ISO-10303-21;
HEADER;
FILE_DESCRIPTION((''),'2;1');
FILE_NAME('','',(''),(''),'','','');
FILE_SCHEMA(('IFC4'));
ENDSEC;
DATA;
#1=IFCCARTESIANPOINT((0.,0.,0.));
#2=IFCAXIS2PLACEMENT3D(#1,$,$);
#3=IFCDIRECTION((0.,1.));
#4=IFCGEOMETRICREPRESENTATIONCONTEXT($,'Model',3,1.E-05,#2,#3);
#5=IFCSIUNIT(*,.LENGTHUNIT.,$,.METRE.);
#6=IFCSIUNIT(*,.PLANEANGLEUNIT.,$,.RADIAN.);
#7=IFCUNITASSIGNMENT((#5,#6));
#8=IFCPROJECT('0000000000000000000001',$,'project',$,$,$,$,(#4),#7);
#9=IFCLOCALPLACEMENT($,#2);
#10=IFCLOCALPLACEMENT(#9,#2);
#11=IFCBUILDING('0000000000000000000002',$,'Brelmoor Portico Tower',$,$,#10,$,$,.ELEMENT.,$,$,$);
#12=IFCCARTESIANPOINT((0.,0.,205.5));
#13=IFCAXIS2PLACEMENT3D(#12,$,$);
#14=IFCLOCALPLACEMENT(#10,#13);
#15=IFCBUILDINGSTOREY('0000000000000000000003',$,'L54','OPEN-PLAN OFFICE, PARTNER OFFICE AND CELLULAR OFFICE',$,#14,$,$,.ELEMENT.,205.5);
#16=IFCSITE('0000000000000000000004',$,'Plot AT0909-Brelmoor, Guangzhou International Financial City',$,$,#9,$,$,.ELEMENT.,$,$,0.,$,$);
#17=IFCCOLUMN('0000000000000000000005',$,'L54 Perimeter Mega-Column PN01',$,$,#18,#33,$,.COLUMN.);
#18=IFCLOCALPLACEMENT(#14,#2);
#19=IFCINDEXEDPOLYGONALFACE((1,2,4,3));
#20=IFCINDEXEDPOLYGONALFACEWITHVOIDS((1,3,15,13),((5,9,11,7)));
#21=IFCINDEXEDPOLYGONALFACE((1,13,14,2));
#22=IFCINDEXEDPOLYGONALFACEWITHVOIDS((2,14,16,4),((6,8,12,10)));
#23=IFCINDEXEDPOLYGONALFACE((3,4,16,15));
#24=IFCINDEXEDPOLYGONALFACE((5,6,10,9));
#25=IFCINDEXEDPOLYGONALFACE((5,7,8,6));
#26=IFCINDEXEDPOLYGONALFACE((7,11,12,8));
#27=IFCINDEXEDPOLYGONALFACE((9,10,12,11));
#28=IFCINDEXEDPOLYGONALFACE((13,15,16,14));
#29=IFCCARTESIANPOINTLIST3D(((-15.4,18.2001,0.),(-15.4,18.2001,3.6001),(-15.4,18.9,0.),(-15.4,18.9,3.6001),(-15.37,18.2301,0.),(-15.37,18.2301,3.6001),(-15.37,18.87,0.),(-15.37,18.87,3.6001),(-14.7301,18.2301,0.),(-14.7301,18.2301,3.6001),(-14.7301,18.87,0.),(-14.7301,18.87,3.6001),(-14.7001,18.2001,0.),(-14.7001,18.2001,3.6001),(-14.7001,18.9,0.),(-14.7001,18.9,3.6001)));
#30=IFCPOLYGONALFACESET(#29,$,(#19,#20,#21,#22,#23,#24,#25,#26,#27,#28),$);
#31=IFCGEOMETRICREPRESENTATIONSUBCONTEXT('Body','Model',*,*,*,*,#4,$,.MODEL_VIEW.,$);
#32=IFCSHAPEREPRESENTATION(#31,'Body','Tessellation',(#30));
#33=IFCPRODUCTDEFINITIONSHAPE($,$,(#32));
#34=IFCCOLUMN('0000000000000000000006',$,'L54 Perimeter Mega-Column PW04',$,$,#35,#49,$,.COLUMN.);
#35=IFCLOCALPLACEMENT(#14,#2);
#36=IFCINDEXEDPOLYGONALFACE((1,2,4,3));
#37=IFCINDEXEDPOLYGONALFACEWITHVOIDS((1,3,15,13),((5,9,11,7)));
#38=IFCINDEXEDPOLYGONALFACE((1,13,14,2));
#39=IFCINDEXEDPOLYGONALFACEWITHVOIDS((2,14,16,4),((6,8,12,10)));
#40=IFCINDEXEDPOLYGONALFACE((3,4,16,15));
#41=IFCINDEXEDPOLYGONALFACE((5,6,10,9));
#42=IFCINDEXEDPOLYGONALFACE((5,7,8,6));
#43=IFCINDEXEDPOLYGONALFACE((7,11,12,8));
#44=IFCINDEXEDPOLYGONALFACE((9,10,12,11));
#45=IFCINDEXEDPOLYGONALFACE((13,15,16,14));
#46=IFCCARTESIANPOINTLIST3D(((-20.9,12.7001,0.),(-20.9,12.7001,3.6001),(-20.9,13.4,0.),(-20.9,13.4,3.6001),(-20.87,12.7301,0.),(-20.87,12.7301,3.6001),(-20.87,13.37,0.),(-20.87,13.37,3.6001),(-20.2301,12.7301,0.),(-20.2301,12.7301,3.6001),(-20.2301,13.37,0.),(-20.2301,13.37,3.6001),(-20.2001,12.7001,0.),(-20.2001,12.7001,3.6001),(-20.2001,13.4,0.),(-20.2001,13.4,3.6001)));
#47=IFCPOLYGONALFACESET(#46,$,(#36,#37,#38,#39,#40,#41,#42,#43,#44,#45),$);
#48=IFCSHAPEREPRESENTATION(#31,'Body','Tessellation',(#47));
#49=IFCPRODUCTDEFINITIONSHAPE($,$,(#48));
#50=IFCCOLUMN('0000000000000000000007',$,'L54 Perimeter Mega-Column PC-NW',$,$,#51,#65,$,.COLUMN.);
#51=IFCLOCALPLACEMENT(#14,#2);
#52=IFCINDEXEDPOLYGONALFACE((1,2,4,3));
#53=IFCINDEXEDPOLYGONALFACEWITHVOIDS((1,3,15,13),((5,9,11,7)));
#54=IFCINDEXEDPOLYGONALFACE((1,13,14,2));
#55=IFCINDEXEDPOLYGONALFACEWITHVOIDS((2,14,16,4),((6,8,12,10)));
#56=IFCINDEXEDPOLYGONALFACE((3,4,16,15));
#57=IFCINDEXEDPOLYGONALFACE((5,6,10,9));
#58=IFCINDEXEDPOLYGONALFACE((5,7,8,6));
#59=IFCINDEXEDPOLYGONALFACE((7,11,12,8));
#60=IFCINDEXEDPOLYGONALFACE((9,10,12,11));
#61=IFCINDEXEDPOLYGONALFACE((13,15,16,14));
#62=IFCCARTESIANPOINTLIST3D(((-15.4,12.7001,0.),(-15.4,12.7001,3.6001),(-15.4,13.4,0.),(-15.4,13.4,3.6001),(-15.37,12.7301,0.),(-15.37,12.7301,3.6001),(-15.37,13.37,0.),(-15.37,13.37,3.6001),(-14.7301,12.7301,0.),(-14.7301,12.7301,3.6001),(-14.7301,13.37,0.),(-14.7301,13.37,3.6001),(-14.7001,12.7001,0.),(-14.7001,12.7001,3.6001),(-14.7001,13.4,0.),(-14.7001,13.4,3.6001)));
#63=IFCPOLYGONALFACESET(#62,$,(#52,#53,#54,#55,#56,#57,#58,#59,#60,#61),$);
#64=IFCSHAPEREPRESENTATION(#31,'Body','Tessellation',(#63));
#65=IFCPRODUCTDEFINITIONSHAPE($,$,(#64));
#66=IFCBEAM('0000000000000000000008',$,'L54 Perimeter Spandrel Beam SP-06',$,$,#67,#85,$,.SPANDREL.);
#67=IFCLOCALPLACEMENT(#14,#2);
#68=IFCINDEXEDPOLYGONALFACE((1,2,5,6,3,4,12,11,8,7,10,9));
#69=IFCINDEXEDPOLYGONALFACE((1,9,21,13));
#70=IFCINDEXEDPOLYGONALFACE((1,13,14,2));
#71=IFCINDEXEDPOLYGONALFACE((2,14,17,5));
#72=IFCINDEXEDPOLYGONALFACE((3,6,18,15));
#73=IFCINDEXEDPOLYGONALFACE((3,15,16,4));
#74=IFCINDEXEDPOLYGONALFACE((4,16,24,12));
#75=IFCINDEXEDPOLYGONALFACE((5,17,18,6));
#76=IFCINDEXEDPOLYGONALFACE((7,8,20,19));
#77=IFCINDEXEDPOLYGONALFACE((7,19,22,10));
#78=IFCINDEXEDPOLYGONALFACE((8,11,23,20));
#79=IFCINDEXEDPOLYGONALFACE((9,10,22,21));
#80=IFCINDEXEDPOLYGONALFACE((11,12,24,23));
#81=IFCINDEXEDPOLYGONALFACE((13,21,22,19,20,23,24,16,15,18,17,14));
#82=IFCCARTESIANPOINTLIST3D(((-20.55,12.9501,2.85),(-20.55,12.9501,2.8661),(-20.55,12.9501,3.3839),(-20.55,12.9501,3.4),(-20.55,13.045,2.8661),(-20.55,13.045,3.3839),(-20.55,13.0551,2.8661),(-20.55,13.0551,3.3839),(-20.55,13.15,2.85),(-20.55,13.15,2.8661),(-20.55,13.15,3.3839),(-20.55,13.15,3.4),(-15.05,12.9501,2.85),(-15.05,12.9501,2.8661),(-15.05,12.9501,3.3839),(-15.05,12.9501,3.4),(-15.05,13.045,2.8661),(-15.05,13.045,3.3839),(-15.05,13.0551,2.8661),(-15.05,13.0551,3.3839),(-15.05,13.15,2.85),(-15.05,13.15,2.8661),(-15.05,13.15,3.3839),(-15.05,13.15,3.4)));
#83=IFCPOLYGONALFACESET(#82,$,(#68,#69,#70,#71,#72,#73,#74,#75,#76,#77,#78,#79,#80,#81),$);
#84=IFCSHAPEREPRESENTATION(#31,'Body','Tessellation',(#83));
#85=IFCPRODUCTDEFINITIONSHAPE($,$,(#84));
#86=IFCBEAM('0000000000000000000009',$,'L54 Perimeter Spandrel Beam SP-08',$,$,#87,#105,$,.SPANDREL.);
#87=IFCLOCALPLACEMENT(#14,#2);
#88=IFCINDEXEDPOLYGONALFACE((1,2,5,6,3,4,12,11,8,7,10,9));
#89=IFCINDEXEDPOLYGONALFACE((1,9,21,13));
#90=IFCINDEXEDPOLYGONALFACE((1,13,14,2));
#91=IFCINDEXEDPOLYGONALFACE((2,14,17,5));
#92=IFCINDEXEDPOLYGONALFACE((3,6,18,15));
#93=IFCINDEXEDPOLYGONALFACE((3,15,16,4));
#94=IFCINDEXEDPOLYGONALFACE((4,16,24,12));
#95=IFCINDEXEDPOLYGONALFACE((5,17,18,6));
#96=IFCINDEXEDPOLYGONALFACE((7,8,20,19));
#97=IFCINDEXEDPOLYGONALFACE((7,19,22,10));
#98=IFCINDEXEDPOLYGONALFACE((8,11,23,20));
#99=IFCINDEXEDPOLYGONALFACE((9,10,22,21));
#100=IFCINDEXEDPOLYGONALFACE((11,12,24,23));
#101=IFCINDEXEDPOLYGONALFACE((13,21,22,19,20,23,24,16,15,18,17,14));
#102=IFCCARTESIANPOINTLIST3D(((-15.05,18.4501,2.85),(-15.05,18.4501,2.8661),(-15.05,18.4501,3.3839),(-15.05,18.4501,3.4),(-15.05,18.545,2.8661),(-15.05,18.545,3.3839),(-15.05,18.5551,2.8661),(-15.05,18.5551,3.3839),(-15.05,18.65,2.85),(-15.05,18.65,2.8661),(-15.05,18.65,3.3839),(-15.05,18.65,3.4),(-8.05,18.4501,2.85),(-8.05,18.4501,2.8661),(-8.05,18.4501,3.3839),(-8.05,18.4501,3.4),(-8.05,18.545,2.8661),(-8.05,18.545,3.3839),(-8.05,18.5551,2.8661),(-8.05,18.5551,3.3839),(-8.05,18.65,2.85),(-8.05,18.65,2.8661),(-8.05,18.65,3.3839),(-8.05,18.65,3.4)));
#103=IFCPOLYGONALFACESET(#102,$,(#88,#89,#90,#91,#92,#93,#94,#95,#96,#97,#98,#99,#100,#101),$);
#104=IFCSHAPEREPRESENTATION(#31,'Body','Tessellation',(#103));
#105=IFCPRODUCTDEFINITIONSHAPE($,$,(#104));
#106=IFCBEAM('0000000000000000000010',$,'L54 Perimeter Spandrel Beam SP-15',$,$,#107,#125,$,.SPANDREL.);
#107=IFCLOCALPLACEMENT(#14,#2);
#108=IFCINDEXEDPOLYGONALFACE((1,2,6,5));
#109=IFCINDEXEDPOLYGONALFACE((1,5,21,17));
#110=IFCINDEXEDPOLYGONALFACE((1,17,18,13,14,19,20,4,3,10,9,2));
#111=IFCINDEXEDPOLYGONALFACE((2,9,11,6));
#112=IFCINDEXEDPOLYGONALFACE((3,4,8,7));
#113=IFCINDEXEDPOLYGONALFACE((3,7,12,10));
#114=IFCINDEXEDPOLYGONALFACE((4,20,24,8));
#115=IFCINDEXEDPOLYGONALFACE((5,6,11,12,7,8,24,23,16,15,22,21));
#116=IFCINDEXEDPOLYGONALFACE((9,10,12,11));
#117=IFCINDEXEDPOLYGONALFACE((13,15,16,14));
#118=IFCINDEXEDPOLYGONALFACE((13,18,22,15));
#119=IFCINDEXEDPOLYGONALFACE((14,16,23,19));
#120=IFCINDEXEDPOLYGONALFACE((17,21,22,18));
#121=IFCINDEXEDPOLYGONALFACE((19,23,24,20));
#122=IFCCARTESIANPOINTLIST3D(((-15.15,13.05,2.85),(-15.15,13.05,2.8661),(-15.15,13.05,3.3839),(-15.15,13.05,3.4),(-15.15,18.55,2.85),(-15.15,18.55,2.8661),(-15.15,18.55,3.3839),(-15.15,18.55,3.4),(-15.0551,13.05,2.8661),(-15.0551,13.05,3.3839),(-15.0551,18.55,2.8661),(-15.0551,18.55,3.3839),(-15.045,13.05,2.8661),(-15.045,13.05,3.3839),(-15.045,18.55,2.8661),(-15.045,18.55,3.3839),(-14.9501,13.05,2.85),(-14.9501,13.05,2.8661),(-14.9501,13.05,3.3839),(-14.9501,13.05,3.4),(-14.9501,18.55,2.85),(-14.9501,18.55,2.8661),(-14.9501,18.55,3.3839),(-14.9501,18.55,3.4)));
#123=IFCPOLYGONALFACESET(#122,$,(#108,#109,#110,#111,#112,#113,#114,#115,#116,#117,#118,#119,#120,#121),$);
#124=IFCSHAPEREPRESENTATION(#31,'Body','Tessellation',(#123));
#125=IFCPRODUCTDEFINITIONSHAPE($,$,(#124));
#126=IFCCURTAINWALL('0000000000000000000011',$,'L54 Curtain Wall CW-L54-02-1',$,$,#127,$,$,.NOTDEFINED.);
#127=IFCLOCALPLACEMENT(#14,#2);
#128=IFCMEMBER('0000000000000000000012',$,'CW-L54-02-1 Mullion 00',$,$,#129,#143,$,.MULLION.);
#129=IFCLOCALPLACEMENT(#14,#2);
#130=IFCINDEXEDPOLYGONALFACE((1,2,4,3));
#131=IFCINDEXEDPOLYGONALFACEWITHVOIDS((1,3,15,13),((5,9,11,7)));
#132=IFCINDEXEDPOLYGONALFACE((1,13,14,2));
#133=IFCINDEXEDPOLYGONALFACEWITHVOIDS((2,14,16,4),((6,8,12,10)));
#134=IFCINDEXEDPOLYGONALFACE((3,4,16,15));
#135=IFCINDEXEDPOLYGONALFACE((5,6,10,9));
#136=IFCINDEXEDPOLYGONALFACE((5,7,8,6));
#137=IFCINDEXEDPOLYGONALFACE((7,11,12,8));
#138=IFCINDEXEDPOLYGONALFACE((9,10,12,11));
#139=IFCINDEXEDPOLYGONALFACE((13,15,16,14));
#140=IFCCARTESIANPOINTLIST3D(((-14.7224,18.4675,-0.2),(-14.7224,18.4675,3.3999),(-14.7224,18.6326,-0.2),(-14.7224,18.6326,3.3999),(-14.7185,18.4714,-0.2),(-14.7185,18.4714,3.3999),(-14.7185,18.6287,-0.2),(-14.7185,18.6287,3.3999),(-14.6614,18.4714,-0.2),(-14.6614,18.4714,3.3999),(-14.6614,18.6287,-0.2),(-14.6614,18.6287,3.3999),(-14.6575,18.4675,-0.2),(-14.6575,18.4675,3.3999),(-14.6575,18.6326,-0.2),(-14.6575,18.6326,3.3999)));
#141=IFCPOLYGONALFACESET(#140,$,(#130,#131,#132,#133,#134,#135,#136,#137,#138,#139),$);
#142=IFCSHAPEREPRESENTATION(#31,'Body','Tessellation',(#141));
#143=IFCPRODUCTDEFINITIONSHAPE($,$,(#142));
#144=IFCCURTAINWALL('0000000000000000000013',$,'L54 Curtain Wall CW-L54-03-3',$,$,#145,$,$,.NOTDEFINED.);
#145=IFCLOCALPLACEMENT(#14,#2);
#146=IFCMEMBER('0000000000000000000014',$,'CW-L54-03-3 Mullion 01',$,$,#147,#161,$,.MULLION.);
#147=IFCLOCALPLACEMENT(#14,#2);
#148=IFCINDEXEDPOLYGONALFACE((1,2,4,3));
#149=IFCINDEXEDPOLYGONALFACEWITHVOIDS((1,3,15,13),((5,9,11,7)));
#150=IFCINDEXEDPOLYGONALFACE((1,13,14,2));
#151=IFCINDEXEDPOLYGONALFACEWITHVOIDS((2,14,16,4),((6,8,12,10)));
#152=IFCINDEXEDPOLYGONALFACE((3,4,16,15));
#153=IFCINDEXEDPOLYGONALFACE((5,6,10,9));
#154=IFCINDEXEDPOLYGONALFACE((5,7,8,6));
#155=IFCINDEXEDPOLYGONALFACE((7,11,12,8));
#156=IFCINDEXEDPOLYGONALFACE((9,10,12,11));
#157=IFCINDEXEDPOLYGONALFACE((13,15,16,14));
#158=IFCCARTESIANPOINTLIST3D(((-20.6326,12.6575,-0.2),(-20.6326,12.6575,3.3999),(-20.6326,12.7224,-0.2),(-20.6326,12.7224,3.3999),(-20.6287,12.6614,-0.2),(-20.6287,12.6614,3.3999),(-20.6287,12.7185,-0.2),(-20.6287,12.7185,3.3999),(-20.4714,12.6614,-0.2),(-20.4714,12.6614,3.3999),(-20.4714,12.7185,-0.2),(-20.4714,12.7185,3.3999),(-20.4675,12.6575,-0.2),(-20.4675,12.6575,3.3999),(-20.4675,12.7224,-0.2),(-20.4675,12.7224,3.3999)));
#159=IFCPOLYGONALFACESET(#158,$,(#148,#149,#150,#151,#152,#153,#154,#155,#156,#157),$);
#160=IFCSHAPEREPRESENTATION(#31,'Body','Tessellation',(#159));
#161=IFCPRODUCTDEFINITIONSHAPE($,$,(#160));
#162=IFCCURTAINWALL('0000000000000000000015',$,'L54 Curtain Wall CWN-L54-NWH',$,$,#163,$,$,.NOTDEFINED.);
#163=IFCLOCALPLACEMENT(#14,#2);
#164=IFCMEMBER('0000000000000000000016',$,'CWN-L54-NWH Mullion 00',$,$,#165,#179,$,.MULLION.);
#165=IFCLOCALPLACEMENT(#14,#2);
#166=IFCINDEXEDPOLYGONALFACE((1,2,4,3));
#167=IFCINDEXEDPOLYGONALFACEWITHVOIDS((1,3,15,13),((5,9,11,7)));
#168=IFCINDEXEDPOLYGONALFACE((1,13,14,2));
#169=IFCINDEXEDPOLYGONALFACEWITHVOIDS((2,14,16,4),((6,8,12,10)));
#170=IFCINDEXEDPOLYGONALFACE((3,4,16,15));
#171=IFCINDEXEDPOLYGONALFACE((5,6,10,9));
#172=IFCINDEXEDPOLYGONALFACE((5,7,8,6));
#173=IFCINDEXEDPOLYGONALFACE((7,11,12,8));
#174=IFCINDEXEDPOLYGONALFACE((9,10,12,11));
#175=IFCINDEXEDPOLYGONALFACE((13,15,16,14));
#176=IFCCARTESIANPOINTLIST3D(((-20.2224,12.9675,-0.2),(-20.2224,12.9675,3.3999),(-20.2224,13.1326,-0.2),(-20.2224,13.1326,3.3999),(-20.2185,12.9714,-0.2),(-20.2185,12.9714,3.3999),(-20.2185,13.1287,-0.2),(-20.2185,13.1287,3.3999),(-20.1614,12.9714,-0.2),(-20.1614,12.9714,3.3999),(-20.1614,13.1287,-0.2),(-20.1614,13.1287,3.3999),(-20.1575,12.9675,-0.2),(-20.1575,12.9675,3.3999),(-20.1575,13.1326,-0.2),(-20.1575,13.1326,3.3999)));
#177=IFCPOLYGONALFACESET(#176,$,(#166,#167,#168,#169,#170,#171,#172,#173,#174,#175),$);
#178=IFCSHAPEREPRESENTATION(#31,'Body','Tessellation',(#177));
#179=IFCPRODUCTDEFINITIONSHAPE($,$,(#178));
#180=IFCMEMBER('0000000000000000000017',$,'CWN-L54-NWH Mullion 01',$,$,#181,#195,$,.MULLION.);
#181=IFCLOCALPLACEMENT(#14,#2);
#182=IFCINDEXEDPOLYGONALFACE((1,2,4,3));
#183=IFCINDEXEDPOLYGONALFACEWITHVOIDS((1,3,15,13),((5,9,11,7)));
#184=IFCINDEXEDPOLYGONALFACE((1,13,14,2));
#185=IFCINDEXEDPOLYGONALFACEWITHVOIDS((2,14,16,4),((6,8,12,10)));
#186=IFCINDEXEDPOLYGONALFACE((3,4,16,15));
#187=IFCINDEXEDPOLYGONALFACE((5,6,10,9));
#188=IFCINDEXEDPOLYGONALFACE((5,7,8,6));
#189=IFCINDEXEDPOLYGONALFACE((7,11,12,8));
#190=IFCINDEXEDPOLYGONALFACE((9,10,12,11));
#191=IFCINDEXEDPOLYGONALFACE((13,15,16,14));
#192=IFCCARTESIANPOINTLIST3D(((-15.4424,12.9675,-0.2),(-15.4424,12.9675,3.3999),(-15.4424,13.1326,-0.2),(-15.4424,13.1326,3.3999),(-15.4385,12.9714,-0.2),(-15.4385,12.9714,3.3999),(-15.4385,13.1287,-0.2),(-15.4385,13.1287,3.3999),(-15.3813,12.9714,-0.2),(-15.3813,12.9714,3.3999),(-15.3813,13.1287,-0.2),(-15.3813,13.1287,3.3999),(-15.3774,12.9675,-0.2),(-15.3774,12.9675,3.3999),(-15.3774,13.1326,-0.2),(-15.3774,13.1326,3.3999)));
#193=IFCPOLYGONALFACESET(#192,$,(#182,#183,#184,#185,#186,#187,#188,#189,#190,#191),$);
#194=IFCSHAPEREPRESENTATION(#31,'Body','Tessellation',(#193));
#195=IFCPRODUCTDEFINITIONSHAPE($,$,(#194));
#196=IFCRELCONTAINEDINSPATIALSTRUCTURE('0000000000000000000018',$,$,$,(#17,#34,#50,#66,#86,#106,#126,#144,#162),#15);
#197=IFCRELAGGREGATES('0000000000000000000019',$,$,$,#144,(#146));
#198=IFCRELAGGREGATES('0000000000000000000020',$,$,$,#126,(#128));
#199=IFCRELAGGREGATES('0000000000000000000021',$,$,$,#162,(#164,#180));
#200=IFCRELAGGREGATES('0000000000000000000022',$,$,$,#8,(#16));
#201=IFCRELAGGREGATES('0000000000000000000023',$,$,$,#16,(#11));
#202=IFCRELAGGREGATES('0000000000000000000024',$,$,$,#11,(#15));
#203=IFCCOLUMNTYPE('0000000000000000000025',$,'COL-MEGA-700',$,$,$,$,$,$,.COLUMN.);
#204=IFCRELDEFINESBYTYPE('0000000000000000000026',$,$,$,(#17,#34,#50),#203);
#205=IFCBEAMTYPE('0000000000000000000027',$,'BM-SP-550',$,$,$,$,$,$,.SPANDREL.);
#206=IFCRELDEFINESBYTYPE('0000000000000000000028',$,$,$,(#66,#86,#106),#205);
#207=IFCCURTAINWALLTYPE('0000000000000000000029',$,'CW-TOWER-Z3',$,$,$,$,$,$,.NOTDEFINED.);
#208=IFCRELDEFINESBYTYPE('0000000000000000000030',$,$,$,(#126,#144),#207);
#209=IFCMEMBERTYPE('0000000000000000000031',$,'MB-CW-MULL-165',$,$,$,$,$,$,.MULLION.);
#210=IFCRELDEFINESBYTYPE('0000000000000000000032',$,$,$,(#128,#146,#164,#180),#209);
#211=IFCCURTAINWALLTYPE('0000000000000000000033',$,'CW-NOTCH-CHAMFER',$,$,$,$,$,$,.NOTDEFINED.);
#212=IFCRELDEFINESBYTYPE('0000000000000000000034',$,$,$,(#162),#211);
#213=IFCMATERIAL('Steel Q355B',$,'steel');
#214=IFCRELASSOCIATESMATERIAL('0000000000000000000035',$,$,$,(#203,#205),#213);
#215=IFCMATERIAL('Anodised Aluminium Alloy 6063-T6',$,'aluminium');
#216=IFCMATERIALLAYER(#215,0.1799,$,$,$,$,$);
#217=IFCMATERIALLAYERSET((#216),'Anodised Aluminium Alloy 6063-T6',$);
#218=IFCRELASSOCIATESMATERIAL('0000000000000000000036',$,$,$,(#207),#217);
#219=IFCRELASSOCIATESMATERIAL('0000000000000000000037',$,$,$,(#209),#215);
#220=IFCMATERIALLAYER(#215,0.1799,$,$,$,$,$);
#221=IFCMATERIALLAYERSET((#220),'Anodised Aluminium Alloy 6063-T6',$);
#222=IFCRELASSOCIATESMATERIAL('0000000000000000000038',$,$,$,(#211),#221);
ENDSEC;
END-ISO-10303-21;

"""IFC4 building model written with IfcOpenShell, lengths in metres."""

from ifc_helpers import new_model, si_unit, direction, frame, origin, origin_2d, place, context, subcontext, project, spatial, hollow_rectangle, i_section, extrude, material, layer, layer_set, material_profile, profile_set, type_object, element, aggregate, save


model = new_model("IFC4")

# Units and contexts
model_context = context("Model", 3, precision=1e-05, world=origin(), true_north=direction((0.0, 1.0)))
body_context = subcontext(model_context, "Body", "Model", "MODEL_VIEW")
ifc_project = project(units=[si_unit("LENGTHUNIT", "METRE"), si_unit("PLANEANGLEUNIT", "RADIAN")], contexts=[model_context])

# Site, building, storey
site_placement = place(None, origin())
site = spatial("IfcSite", under=ifc_project, at=site_placement, Name="Plot AT0909-Brelmoor, Guangzhou International Financial City", CompositionType="ELEMENT", RefElevation=0.0)
building_placement = place(site_placement, origin())
building = spatial("IfcBuilding", under=site, at=building_placement, Name="Brelmoor Portico Tower", CompositionType="ELEMENT")
storey_placement = place(building_placement, frame((0.0, 0.0, 205.5)))
storey = spatial("IfcBuildingStorey", under=building, at=storey_placement, Name="L54", Description="OPEN-PLAN OFFICE, PARTNER OFFICE AND CELLULAR OFFICE", CompositionType="ELEMENT", Elevation=205.5)

# Columns
ifc_material_1 = material(Name="Steel Q355B", Category="steel")
ifc_material_profile_1 = material_profile(ifc_material_1, hollow_rectangle(XDim=0.7, YDim=0.7, WallThickness=0.03, at=origin_2d()), Name="BOX 700x700x30")
ifc_profile_set_1 = profile_set([ifc_material_profile_1], Name="Steel Q355B")
column_type = type_object("IfcColumnType", Name="COL-MEGA-700", PredefinedType="COLUMN", material=ifc_profile_set_1)
for number, where, z_axis, x_axis, name in (
    (1, (-15.05, 18.55, 0.0), (0.0, 0.0, 1.0), (1.0, 0.0, 0.0), "L54 Perimeter Mega-Column PN01"),
    (2, (-20.55, 13.05, 0.0), (0.0, 0.0, 1.0), (0.0, 1.0, 0.0), "L54 Perimeter Mega-Column PW04"),
    (3, (-15.05, 13.05, 0.0), (0.0, 0.0, 1.0), (1.0, 0.0, 0.0), "L54 Perimeter Mega-Column PC-NW"),
):
    element("IfcColumn", number, at=place(storey_placement, frame(where, z_axis=z_axis, x_axis=x_axis)), inside=storey, type_object=column_type, Name=name, PredefinedType="COLUMN", context=body_context, shape_type="SweptSolid", body=[
        extrude(hollow_rectangle(XDim=0.7, YDim=0.7, WallThickness=0.03, at=origin_2d()), origin(), (0.0, 0.0, 1.0), 3.6001),
    ])

# Beams
ifc_material_profile_2 = material_profile(ifc_material_1, i_section(OverallWidth=0.2, OverallDepth=0.55, WebThickness=0.01, FlangeThickness=0.0161, at=origin_2d()), Name="HN 550x200x10x16")
ifc_profile_set_2 = profile_set([ifc_material_profile_2], Name="Steel Q355B")
beam_type = type_object("IfcBeamType", Name="BM-SP-550", PredefinedType="SPANDREL", material=ifc_profile_set_2)
beam_1_placement = place(storey_placement, frame((-20.55, 13.05, 3.125), z_axis=(1.0, 0.0, 0.0), x_axis=(0.0, 1.0, 0.0)))
element("IfcBeam", 4, at=beam_1_placement, inside=storey, type_object=beam_type, Name="L54 Perimeter Spandrel Beam SP-06", PredefinedType="SPANDREL", context=body_context, shape_type="SweptSolid", body=[
    extrude(i_section(OverallWidth=0.2, OverallDepth=0.55, WebThickness=0.01, FlangeThickness=0.0161, at=origin_2d()), origin(), (0.0, 0.0, 1.0), 5.5),
])
beam_2_placement = place(storey_placement, frame((-15.05, 18.55, 3.125), z_axis=(1.0, 0.0, 0.0), x_axis=(0.0, 1.0, 0.0)))
element("IfcBeam", 5, at=beam_2_placement, inside=storey, type_object=beam_type, Name="L54 Perimeter Spandrel Beam SP-08", PredefinedType="SPANDREL", context=body_context, shape_type="SweptSolid", body=[
    extrude(i_section(OverallWidth=0.2, OverallDepth=0.55, WebThickness=0.01, FlangeThickness=0.0161, at=origin_2d()), origin(), (0.0, 0.0, 1.0), 7.0),
])
beam_3_placement = place(storey_placement, frame((-15.05, 13.05, 3.125), z_axis=(0.0, 1.0, 0.0), x_axis=(-1.0, 0.0, 0.0)))
element("IfcBeam", 6, at=beam_3_placement, inside=storey, type_object=beam_type, Name="L54 Perimeter Spandrel Beam SP-15", PredefinedType="SPANDREL", context=body_context, shape_type="SweptSolid", body=[
    extrude(i_section(OverallWidth=0.2, OverallDepth=0.55, WebThickness=0.01, FlangeThickness=0.0161, at=origin_2d()), origin(), (0.0, 0.0, 1.0), 5.5),
])

# Curtain walls, members
ifc_material_2 = material(Name="Anodised Aluminium Alloy 6063-T6", Category="aluminium")
ifc_layer_1 = layer(ifc_material_2, 0.1799)
ifc_layer_set_1 = layer_set([ifc_layer_1], Name="Anodised Aluminium Alloy 6063-T6")
curtain_wall_type_1 = type_object("IfcCurtainWallType", Name="CW-TOWER-Z3", PredefinedType="NOTDEFINED", material=ifc_layer_set_1)
curtain_wall_1_placement = place(storey_placement, origin())
curtain_wall_1 = element("IfcCurtainWall", 7, at=curtain_wall_1_placement, inside=storey, type_object=curtain_wall_type_1, Name="L54 Curtain Wall CW-L54-02-1", PredefinedType="NOTDEFINED")
ifc_material_profile_3 = material_profile(ifc_material_2, hollow_rectangle(XDim=0.0649, YDim=0.165, WallThickness=0.0039, at=origin_2d()), Name="ALU MULLION 65x165")
ifc_profile_set_3 = profile_set([ifc_material_profile_3], Name="Anodised Aluminium Alloy 6063-T6")
member_type_1 = type_object("IfcMemberType", Name="MB-CW-MULL-165", PredefinedType="MULLION", material=ifc_profile_set_3)
member_1_placement = place(storey_placement, frame((-14.6899, 18.55, -0.2), z_axis=(0.0, 0.0, 1.0), x_axis=(1.0, 0.0, 0.0)))
member_1 = element("IfcMember", 8, at=member_1_placement, type_object=member_type_1, Name="CW-L54-02-1 Mullion 00", PredefinedType="MULLION", context=body_context, shape_type="SweptSolid", body=[
    extrude(hollow_rectangle(XDim=0.0649, YDim=0.165, WallThickness=0.0039, at=origin_2d()), origin(), (0.0, 0.0, 1.0), 3.5999),
])
curtain_wall_2_placement = place(storey_placement, origin())
curtain_wall_2 = element("IfcCurtainWall", 9, at=curtain_wall_2_placement, inside=storey, type_object=curtain_wall_type_1, Name="L54 Curtain Wall CW-L54-03-3", PredefinedType="NOTDEFINED")
member_2_placement = place(storey_placement, frame((-20.55, 12.6899, -0.2), z_axis=(0.0, 0.0, 1.0), x_axis=(0.0, 1.0, 0.0)))
member_2 = element("IfcMember", 10, at=member_2_placement, type_object=member_type_1, Name="CW-L54-03-3 Mullion 01", PredefinedType="MULLION", context=body_context, shape_type="SweptSolid", body=[
    extrude(hollow_rectangle(XDim=0.0649, YDim=0.165, WallThickness=0.0039, at=origin_2d()), origin(), (0.0, 0.0, 1.0), 3.5999),
])
aggregate(curtain_wall_2, [member_2])

# Curtain wall, members
ifc_layer_2 = layer(ifc_material_2, 0.1799)
ifc_layer_set_2 = layer_set([ifc_layer_2], Name="Anodised Aluminium Alloy 6063-T6")
curtain_wall_type_2 = type_object("IfcCurtainWallType", Name="CW-NOTCH-CHAMFER", PredefinedType="NOTDEFINED", material=ifc_layer_set_2)
curtain_wall_3_placement = place(storey_placement, origin())
curtain_wall_3 = element("IfcCurtainWall", 11, at=curtain_wall_3_placement, inside=storey, type_object=curtain_wall_type_2, Name="L54 Curtain Wall CWN-L54-NWH", PredefinedType="NOTDEFINED")
member_3_placement = place(storey_placement, frame((-20.1899, 13.05, -0.2), z_axis=(0.0, 0.0, 1.0), x_axis=(1.0, 0.0, 0.0)))
member_3 = element("IfcMember", 12, at=member_3_placement, type_object=member_type_1, Name="CWN-L54-NWH Mullion 00", PredefinedType="MULLION", context=body_context, shape_type="SweptSolid", body=[
    extrude(hollow_rectangle(XDim=0.0649, YDim=0.165, WallThickness=0.0039, at=origin_2d()), origin(), (0.0, 0.0, 1.0), 3.5999),
])
member_4_placement = place(storey_placement, frame((-15.4099, 13.05, -0.2), z_axis=(0.0, 0.0, 1.0), x_axis=(1.0, 0.0, 0.0)))
member_4 = element("IfcMember", 13, at=member_4_placement, type_object=member_type_1, Name="CWN-L54-NWH Mullion 01", PredefinedType="MULLION", context=body_context, shape_type="SweptSolid", body=[
    extrude(hollow_rectangle(XDim=0.0649, YDim=0.165, WallThickness=0.0039, at=origin_2d()), origin(), (0.0, 0.0, 1.0), 3.5999),
])

aggregate(curtain_wall_1, [member_1])

aggregate(curtain_wall_3, [member_3, member_4])

save(model, "model.ifc")
